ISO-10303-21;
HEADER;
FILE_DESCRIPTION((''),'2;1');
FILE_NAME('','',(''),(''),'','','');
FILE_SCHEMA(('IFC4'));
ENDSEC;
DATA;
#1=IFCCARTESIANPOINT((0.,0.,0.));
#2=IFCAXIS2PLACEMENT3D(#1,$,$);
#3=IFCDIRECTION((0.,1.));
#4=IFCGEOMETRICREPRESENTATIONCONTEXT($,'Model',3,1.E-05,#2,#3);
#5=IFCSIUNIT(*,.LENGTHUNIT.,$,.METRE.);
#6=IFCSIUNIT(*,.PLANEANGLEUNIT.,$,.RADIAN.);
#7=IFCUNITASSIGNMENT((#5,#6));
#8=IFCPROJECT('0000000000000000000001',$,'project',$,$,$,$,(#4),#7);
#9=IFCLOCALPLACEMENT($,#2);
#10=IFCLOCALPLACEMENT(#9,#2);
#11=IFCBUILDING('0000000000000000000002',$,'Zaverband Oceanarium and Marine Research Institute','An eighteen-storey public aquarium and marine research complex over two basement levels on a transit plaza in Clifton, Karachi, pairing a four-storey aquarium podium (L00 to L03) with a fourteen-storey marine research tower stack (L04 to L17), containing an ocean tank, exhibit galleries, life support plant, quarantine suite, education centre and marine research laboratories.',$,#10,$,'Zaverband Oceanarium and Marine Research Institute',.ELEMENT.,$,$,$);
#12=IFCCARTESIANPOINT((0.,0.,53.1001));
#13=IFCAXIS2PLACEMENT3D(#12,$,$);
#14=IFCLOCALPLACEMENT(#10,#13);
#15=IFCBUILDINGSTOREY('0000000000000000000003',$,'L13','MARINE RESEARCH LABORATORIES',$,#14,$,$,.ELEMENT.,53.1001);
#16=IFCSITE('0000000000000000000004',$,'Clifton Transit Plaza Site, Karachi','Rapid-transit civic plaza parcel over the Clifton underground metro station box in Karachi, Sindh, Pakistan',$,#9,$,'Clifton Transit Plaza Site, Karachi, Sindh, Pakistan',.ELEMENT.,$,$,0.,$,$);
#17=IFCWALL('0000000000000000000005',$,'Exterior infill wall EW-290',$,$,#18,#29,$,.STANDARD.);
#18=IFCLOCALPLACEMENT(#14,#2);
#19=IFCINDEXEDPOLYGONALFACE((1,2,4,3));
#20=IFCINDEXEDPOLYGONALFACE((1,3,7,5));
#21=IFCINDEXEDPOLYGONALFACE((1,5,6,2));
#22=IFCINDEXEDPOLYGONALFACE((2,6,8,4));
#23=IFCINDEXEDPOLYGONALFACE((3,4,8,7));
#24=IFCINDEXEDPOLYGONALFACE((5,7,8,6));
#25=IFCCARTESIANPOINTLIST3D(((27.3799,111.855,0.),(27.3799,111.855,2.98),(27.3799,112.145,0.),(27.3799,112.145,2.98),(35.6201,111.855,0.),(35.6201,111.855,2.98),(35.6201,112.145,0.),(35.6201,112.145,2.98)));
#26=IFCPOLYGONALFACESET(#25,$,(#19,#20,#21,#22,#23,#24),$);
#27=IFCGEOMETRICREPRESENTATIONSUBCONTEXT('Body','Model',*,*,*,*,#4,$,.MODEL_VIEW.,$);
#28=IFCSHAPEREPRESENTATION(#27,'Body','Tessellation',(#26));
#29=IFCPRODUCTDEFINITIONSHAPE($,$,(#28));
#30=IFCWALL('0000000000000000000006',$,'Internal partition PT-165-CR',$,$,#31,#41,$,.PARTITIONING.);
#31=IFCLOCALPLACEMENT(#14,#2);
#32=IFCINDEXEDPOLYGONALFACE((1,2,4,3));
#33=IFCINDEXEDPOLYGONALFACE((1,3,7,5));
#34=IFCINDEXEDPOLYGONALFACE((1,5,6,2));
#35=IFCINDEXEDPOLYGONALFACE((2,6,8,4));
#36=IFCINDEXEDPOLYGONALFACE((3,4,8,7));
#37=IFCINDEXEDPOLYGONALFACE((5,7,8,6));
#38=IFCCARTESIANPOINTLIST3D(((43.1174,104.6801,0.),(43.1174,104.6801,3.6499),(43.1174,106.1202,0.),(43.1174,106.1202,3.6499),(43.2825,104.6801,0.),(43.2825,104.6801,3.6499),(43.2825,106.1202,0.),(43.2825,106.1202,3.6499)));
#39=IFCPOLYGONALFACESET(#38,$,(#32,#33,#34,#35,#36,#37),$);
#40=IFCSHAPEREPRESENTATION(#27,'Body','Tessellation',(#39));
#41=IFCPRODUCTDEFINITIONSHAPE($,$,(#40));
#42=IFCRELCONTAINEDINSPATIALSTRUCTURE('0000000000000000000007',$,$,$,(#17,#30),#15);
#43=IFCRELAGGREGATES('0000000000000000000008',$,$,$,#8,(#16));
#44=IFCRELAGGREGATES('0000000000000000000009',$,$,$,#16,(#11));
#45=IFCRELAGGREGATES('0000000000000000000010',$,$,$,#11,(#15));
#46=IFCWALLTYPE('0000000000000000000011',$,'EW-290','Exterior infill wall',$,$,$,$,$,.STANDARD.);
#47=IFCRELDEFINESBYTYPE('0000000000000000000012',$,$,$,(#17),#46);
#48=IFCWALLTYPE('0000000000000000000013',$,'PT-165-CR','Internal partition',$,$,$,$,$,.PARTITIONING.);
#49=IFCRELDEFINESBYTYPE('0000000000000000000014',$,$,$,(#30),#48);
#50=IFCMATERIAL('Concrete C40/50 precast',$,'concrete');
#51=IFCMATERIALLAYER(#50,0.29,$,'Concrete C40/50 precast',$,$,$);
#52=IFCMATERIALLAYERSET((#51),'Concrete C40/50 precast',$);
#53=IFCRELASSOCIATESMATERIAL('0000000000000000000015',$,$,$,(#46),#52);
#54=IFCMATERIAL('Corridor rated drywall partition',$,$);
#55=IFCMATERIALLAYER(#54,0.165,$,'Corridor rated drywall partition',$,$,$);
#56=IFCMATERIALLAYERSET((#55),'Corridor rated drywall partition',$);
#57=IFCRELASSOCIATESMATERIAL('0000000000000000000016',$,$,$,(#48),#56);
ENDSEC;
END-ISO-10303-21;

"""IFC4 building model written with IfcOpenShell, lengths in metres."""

from ifc_helpers import new_model, si_unit, direction, frame, frame_2d, origin, place, context, subcontext, project, spatial, rectangle, extrude, material, layer, layer_set, type_object, element, save


model = new_model("IFC4")

# Units and contexts
model_context = context("Model", 3, precision=1e-05, world=origin(), true_north=direction((0.0, 1.0)))
body_context = subcontext(model_context, "Body", "Model", "MODEL_VIEW")
ifc_project = project(units=[si_unit("LENGTHUNIT", "METRE"), si_unit("PLANEANGLEUNIT", "RADIAN")], contexts=[model_context])

# Site, building, storey
site_placement = place(None, origin())
site = spatial("IfcSite", under=ifc_project, at=site_placement, Name="Clifton Transit Plaza Site, Karachi", Description="Rapid-transit civic plaza parcel over the Clifton underground metro station box in Karachi, Sindh, Pakistan", LongName="Clifton Transit Plaza Site, Karachi, Sindh, Pakistan", CompositionType="ELEMENT", RefElevation=0.0)
building_placement = place(site_placement, origin())
building = spatial("IfcBuilding", under=site, at=building_placement, Name="Zaverband Oceanarium and Marine Research Institute", Description="An eighteen-storey public aquarium and marine research complex over two basement levels on a transit plaza in Clifton, Karachi, pairing a four-storey aquarium podium (L00 to L03) with a fourteen-storey marine research tower stack (L04 to L17), containing an ocean tank, exhibit galleries, life support plant, quarantine suite, education centre and marine research laboratories.", LongName="Zaverband Oceanarium and Marine Research Institute", CompositionType="ELEMENT")
storey_placement = place(building_placement, frame((0.0, 0.0, 53.1001)))
storey = spatial("IfcBuildingStorey", under=building, at=storey_placement, Name="L13", Description="MARINE RESEARCH LABORATORIES", CompositionType="ELEMENT", Elevation=53.1001)

# Walls
ifc_material_1 = material(Name="Concrete C40/50 precast", Category="concrete")
ifc_layer_1 = layer(ifc_material_1, 0.29, Name="Concrete C40/50 precast")
ifc_layer_set_1 = layer_set([ifc_layer_1], Name="Concrete C40/50 precast")
wall_type_1 = type_object("IfcWallType", Name="EW-290", Description="Exterior infill wall", PredefinedType="STANDARD", material=ifc_layer_set_1)
wall_1_placement = place(storey_placement, frame((27.3799, 112.0, 0.0), z_axis=(0.0, 0.0, 1.0), x_axis=(1.0, 0.0, 0.0)))
element("IfcWall", 1, at=wall_1_placement, inside=storey, type_object=wall_type_1, Name="Exterior infill wall EW-290", PredefinedType="STANDARD", context=body_context, shape_type="SweptSolid", body=[
    extrude(rectangle(XDim=8.2402, YDim=0.29, at=frame_2d((4.1201, 0.0))), origin(), (0.0, 0.0, 1.0), 2.98),
])
ifc_material_2 = material(Name="Corridor rated drywall partition")
ifc_layer_2 = layer(ifc_material_2, 0.165, Name="Corridor rated drywall partition")
ifc_layer_set_2 = layer_set([ifc_layer_2], Name="Corridor rated drywall partition")
wall_type_2 = type_object("IfcWallType", Name="PT-165-CR", Description="Internal partition", PredefinedType="PARTITIONING", material=ifc_layer_set_2)
wall_2_placement = place(storey_placement, frame((43.2, 104.6799, 0.0), z_axis=(0.0, 0.0, 1.0), x_axis=(0.0, 1.0, 0.0)))
element("IfcWall", 2, at=wall_2_placement, inside=storey, type_object=wall_type_2, Name="Internal partition PT-165-CR", PredefinedType="PARTITIONING", context=body_context, shape_type="SweptSolid", body=[
    extrude(rectangle(XDim=1.4402, YDim=0.165, at=frame_2d((0.7202, 0.0))), origin(), (0.0, 0.0, 1.0), 3.6499),
])

save(model, "model.ifc")
